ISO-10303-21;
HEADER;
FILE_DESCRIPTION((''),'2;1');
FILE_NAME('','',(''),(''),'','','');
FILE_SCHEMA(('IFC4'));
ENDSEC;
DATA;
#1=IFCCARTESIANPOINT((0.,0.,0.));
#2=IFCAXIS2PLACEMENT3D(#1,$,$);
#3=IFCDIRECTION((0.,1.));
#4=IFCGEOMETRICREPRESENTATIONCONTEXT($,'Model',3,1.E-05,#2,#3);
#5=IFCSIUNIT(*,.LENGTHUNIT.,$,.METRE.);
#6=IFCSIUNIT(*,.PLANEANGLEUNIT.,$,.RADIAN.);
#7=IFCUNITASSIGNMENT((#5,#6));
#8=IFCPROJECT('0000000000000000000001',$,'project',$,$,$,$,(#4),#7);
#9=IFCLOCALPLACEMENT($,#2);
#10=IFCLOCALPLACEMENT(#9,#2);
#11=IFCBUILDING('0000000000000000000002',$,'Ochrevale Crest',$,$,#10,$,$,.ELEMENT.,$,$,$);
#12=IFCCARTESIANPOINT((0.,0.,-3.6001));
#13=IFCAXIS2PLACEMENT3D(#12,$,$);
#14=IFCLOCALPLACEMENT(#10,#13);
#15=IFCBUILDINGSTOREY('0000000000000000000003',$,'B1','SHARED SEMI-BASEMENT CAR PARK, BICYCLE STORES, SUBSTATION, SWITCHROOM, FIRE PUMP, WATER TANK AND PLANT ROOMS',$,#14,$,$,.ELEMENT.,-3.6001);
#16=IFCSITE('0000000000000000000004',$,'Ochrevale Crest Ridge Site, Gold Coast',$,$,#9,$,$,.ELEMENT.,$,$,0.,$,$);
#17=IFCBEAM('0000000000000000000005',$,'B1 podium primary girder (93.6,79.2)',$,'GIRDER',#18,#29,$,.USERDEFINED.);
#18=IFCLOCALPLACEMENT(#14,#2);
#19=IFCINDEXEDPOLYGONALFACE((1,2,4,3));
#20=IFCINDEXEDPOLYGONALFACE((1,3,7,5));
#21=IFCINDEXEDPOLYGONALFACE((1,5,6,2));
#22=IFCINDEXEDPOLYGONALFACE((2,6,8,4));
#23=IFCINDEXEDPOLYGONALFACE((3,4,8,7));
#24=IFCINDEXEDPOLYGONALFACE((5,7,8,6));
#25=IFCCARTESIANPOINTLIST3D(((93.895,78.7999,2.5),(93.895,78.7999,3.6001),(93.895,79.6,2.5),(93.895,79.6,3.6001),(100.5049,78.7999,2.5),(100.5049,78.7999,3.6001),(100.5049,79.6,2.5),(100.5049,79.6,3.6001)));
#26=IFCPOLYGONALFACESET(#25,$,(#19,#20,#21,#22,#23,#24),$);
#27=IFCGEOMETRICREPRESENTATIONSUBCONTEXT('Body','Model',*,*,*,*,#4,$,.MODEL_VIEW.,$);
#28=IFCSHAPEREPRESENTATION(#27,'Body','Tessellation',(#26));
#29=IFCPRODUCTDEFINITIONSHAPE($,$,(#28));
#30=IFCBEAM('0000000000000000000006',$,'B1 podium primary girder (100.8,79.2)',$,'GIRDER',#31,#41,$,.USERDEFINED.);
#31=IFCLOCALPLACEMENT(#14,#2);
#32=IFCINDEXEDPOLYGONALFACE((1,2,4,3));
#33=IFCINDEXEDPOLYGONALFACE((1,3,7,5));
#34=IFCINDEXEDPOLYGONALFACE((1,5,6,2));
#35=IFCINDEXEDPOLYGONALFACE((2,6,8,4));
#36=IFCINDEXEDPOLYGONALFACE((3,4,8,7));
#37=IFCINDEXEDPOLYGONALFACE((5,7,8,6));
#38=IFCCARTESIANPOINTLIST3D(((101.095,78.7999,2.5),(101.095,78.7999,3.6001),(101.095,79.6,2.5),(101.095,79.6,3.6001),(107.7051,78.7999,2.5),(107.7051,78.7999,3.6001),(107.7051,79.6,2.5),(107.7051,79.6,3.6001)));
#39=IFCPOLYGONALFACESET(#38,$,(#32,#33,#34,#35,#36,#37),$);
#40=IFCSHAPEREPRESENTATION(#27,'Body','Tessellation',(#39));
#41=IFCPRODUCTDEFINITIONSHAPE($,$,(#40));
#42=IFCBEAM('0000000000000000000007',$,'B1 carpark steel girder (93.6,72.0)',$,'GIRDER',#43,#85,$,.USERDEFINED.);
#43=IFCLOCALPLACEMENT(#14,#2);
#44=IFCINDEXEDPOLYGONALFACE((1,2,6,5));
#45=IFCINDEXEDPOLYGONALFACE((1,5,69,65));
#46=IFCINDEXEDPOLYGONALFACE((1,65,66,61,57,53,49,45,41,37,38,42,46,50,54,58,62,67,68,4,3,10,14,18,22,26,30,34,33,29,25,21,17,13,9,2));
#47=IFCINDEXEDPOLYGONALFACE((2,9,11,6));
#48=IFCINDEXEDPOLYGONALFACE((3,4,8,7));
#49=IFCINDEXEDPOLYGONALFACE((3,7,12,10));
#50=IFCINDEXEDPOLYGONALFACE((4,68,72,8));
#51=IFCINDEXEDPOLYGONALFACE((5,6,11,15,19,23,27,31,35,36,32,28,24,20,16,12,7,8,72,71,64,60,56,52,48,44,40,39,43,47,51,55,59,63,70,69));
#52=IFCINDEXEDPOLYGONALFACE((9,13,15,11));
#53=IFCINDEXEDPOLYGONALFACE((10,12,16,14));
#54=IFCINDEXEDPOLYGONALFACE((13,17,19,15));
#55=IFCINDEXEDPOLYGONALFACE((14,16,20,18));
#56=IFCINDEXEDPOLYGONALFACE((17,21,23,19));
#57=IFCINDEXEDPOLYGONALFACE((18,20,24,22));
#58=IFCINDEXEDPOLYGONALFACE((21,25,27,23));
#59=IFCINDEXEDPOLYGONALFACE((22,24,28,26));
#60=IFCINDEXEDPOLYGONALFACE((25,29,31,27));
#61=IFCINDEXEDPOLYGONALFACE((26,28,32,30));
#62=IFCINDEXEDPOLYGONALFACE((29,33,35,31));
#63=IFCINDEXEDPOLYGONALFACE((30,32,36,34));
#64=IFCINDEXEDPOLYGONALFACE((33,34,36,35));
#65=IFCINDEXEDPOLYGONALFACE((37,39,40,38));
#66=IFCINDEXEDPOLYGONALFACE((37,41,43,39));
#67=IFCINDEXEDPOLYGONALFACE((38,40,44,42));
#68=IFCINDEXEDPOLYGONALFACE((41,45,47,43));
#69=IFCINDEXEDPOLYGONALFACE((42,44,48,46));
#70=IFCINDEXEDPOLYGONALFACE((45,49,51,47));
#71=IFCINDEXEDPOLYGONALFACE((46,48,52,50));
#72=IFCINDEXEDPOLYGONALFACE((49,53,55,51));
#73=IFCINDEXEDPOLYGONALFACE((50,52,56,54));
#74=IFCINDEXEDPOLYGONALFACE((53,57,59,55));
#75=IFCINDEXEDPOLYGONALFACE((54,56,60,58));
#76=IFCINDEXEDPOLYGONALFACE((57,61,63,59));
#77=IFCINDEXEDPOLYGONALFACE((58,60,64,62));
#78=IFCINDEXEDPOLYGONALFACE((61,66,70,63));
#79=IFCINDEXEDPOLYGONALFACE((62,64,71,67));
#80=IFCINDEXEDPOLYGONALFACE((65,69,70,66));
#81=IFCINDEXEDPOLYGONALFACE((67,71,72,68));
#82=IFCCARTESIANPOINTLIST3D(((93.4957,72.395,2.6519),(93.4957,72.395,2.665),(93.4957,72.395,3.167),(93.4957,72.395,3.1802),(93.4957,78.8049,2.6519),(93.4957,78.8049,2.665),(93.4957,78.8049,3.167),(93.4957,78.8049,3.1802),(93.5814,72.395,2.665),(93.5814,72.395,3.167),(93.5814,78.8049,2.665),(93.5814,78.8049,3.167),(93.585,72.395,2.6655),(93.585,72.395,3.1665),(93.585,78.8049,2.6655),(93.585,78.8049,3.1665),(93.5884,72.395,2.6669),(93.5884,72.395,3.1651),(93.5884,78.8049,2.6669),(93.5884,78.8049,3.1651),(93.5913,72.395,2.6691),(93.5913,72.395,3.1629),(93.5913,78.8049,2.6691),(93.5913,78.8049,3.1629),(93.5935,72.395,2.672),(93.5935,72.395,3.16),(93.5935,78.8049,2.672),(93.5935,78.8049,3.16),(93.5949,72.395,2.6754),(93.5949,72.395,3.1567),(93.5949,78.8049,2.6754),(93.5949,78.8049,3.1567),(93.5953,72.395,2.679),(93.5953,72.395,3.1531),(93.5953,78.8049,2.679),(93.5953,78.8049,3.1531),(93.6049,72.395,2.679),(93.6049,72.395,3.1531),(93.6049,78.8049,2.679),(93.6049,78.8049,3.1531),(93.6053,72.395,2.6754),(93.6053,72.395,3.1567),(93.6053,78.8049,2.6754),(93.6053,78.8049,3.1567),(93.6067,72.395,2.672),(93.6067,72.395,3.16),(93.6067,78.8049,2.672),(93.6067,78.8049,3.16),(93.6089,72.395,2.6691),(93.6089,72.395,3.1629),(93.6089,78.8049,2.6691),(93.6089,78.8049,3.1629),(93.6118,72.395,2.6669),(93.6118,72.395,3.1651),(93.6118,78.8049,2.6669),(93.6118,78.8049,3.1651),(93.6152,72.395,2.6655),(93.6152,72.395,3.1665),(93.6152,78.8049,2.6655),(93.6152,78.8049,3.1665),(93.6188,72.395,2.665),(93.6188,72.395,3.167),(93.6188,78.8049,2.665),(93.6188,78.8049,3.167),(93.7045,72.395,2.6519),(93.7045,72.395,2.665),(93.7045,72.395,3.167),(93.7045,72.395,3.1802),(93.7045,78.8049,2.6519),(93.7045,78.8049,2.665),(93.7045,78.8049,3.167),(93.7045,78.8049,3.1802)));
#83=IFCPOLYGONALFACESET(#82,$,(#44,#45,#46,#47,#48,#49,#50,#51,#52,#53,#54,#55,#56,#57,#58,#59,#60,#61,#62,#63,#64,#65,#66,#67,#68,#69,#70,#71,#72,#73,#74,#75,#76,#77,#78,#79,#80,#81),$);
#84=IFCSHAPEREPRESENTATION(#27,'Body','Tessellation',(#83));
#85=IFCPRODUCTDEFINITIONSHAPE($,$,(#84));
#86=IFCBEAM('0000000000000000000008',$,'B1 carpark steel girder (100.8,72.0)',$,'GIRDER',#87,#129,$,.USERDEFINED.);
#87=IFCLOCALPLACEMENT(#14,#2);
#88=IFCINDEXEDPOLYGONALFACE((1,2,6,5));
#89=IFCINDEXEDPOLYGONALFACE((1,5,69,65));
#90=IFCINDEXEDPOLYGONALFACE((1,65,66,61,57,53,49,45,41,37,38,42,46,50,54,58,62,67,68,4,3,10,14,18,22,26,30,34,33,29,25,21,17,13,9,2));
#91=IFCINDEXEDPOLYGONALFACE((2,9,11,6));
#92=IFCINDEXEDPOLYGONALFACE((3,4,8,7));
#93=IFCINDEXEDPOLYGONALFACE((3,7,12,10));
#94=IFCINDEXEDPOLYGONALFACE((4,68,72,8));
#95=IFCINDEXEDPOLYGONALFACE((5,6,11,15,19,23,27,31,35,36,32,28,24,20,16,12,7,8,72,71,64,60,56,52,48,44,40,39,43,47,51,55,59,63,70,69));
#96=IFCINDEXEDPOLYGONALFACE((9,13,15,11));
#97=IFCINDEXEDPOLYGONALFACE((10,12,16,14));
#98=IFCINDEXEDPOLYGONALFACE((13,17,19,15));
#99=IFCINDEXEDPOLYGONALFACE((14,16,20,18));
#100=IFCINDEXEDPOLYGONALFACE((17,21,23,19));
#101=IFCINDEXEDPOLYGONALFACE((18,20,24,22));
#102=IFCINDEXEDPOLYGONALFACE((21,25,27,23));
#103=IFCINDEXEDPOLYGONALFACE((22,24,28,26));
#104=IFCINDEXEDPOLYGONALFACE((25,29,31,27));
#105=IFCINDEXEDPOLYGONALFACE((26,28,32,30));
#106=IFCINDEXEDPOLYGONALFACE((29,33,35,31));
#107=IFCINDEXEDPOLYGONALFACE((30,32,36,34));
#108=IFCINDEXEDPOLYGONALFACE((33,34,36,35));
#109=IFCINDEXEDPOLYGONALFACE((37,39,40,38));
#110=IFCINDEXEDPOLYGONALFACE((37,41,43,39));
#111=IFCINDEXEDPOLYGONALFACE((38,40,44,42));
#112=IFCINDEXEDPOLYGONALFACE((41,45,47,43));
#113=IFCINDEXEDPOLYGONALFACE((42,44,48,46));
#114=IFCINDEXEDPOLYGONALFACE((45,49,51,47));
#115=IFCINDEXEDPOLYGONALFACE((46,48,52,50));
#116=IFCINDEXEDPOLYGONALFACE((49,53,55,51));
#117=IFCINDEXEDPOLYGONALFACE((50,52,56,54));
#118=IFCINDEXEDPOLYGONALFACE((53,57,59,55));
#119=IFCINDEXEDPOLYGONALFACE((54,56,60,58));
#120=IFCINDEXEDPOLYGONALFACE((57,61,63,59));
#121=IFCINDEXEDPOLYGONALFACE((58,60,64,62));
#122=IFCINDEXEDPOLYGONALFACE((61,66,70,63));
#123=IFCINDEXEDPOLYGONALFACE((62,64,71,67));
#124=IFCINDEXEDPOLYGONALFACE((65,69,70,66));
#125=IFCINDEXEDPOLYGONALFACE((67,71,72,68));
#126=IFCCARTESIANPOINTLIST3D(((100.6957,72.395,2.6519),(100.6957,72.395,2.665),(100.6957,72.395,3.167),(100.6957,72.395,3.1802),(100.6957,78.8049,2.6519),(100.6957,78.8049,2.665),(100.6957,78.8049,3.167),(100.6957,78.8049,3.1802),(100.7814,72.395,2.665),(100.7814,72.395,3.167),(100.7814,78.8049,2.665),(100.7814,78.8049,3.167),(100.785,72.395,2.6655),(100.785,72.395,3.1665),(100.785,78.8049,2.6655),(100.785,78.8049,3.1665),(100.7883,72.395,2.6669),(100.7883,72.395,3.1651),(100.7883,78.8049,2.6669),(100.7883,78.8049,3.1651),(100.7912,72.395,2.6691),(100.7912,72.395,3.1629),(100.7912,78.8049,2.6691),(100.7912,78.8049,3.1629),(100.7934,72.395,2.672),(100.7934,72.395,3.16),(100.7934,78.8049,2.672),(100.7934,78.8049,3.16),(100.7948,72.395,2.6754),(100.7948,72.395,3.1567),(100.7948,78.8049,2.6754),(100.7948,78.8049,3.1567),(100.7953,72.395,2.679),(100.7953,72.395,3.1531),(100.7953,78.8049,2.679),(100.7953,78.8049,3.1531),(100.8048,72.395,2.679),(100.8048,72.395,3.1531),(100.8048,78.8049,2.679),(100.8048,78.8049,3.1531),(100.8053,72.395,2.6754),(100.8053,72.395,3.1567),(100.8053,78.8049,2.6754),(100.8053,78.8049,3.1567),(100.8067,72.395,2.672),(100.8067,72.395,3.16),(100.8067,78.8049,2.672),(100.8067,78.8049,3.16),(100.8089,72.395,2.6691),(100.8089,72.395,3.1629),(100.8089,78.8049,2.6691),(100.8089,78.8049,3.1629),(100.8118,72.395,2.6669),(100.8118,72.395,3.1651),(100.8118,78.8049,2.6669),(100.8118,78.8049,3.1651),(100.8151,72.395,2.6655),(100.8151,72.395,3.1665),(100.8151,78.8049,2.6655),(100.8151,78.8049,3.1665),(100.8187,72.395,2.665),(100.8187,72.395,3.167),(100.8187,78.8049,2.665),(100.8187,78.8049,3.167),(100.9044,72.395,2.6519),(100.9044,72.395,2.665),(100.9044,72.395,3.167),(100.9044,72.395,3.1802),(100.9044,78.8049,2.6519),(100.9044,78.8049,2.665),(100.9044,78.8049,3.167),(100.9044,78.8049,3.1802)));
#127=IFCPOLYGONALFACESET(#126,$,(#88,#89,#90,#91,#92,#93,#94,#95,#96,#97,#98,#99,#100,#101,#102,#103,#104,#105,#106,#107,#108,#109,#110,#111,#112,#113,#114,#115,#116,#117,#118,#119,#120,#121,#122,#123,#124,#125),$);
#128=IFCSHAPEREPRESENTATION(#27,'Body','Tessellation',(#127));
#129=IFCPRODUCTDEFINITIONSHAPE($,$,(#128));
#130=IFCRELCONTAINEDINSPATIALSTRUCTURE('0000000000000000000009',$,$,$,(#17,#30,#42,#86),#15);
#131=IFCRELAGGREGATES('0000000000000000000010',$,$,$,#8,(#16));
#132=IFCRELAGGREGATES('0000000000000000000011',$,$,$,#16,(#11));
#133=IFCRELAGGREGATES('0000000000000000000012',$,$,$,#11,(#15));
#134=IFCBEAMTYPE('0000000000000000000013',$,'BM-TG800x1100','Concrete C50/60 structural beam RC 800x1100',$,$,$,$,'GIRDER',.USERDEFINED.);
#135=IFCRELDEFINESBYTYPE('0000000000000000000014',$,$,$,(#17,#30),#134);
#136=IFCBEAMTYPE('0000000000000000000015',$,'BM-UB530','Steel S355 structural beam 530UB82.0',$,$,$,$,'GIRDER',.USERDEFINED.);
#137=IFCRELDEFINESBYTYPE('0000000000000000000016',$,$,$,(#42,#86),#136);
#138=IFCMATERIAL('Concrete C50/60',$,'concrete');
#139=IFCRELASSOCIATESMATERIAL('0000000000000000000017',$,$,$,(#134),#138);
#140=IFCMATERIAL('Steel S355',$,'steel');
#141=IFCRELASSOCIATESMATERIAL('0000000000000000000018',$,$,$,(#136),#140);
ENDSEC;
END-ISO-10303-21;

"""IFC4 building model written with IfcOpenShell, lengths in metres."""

from ifc_helpers import new_model, si_unit, direction, frame, origin, origin_2d, place, context, subcontext, project, spatial, rectangle, i_section, extrude, material, material_profile, profile_set, type_object, element, save


model = new_model("IFC4")

# Units and contexts
model_context = context("Model", 3, precision=1e-05, world=origin(), true_north=direction((0.0, 1.0)))
body_context = subcontext(model_context, "Body", "Model", "MODEL_VIEW")
ifc_project = project(units=[si_unit("LENGTHUNIT", "METRE"), si_unit("PLANEANGLEUNIT", "RADIAN")], contexts=[model_context])

# Site, building, storey
site_placement = place(None, origin())
site = spatial("IfcSite", under=ifc_project, at=site_placement, Name="Ochrevale Crest Ridge Site, Gold Coast", CompositionType="ELEMENT", RefElevation=0.0)
building_placement = place(site_placement, origin())
building = spatial("IfcBuilding", under=site, at=building_placement, Name="Ochrevale Crest", CompositionType="ELEMENT")
storey_placement = place(building_placement, frame((0.0, 0.0, -3.6001)))
storey = spatial("IfcBuildingStorey", under=building, at=storey_placement, Name="B1", Description="SHARED SEMI-BASEMENT CAR PARK, BICYCLE STORES, SUBSTATION, SWITCHROOM, FIRE PUMP, WATER TANK AND PLANT ROOMS", CompositionType="ELEMENT", Elevation=-3.6001)

# Shared definitions
ifc_material_1 = material(Name="Concrete C50/60", Category="concrete")

# Beams
ifc_material_profile_1 = material_profile(ifc_material_1, rectangle(XDim=0.8, YDim=1.1001, at=origin_2d()), Name="RC 800x1100")
ifc_profile_set_1 = profile_set([ifc_material_profile_1], Name="Concrete C50/60")
beam_type_1 = type_object("IfcBeamType", Name="BM-TG800x1100", Description="Concrete C50/60 structural beam RC 800x1100", ElementType="GIRDER", PredefinedType="USERDEFINED", material=ifc_profile_set_1)
beam_1_placement = place(storey_placement, frame((93.895, 79.2, 3.05), z_axis=(1.0, 0.0, 0.0), x_axis=(0.0, 1.0, 0.0)))
element("IfcBeam", 1, at=beam_1_placement, inside=storey, type_object=beam_type_1, Name="B1 podium primary girder (93.6,79.2)", ObjectType="GIRDER", PredefinedType="USERDEFINED", context=body_context, shape_type="SweptSolid", body=[
    extrude(rectangle(XDim=0.8, YDim=1.1001, at=origin_2d()), origin(), (0.0, 0.0, 1.0), 6.6099),
])
beam_2_placement = place(storey_placement, frame((101.095, 79.2, 3.05), z_axis=(1.0, 0.0, 0.0), x_axis=(0.0, 1.0, 0.0)))
element("IfcBeam", 2, at=beam_2_placement, inside=storey, type_object=beam_type_1, Name="B1 podium primary girder (100.8,79.2)", ObjectType="GIRDER", PredefinedType="USERDEFINED", context=body_context, shape_type="SweptSolid", body=[
    extrude(rectangle(XDim=0.8, YDim=1.1001, at=origin_2d()), origin(), (0.0, 0.0, 1.0), 6.6101),
])
ifc_material_2 = material(Name="Steel S355", Category="steel")
ifc_material_profile_2 = material_profile(ifc_material_2, i_section(OverallWidth=0.2087, OverallDepth=0.5283, WebThickness=0.0095, FlangeThickness=0.0132, FilletRadius=0.0139, at=origin_2d()), Name="530UB82.0")
ifc_profile_set_2 = profile_set([ifc_material_profile_2], Name="Steel S355")
beam_type_2 = type_object("IfcBeamType", Name="BM-UB530", Description="Steel S355 structural beam 530UB82.0", ElementType="GIRDER", PredefinedType="USERDEFINED", material=ifc_profile_set_2)
for number, where, z_axis, x_axis, name in (
    (3, (93.6001, 72.395, 2.916), (0.0, 1.0, 0.0), (-1.0, 0.0, 0.0), "B1 carpark steel girder (93.6,72.0)"),
    (4, (100.8, 72.395, 2.916), (0.0, 1.0, 0.0), (-1.0, 0.0, 0.0), "B1 carpark steel girder (100.8,72.0)"),
):
    element("IfcBeam", number, at=place(storey_placement, frame(where, z_axis=z_axis, x_axis=x_axis)), inside=storey, type_object=beam_type_2, Name=name, ObjectType="GIRDER", PredefinedType="USERDEFINED", context=body_context, shape_type="SweptSolid", body=[
        extrude(i_section(OverallWidth=0.2087, OverallDepth=0.5283, WebThickness=0.0095, FlangeThickness=0.0132, FilletRadius=0.0139, at=origin_2d()), origin(), (0.0, 0.0, 1.0), 6.4099),
    ])

save(model, "model.ifc")
